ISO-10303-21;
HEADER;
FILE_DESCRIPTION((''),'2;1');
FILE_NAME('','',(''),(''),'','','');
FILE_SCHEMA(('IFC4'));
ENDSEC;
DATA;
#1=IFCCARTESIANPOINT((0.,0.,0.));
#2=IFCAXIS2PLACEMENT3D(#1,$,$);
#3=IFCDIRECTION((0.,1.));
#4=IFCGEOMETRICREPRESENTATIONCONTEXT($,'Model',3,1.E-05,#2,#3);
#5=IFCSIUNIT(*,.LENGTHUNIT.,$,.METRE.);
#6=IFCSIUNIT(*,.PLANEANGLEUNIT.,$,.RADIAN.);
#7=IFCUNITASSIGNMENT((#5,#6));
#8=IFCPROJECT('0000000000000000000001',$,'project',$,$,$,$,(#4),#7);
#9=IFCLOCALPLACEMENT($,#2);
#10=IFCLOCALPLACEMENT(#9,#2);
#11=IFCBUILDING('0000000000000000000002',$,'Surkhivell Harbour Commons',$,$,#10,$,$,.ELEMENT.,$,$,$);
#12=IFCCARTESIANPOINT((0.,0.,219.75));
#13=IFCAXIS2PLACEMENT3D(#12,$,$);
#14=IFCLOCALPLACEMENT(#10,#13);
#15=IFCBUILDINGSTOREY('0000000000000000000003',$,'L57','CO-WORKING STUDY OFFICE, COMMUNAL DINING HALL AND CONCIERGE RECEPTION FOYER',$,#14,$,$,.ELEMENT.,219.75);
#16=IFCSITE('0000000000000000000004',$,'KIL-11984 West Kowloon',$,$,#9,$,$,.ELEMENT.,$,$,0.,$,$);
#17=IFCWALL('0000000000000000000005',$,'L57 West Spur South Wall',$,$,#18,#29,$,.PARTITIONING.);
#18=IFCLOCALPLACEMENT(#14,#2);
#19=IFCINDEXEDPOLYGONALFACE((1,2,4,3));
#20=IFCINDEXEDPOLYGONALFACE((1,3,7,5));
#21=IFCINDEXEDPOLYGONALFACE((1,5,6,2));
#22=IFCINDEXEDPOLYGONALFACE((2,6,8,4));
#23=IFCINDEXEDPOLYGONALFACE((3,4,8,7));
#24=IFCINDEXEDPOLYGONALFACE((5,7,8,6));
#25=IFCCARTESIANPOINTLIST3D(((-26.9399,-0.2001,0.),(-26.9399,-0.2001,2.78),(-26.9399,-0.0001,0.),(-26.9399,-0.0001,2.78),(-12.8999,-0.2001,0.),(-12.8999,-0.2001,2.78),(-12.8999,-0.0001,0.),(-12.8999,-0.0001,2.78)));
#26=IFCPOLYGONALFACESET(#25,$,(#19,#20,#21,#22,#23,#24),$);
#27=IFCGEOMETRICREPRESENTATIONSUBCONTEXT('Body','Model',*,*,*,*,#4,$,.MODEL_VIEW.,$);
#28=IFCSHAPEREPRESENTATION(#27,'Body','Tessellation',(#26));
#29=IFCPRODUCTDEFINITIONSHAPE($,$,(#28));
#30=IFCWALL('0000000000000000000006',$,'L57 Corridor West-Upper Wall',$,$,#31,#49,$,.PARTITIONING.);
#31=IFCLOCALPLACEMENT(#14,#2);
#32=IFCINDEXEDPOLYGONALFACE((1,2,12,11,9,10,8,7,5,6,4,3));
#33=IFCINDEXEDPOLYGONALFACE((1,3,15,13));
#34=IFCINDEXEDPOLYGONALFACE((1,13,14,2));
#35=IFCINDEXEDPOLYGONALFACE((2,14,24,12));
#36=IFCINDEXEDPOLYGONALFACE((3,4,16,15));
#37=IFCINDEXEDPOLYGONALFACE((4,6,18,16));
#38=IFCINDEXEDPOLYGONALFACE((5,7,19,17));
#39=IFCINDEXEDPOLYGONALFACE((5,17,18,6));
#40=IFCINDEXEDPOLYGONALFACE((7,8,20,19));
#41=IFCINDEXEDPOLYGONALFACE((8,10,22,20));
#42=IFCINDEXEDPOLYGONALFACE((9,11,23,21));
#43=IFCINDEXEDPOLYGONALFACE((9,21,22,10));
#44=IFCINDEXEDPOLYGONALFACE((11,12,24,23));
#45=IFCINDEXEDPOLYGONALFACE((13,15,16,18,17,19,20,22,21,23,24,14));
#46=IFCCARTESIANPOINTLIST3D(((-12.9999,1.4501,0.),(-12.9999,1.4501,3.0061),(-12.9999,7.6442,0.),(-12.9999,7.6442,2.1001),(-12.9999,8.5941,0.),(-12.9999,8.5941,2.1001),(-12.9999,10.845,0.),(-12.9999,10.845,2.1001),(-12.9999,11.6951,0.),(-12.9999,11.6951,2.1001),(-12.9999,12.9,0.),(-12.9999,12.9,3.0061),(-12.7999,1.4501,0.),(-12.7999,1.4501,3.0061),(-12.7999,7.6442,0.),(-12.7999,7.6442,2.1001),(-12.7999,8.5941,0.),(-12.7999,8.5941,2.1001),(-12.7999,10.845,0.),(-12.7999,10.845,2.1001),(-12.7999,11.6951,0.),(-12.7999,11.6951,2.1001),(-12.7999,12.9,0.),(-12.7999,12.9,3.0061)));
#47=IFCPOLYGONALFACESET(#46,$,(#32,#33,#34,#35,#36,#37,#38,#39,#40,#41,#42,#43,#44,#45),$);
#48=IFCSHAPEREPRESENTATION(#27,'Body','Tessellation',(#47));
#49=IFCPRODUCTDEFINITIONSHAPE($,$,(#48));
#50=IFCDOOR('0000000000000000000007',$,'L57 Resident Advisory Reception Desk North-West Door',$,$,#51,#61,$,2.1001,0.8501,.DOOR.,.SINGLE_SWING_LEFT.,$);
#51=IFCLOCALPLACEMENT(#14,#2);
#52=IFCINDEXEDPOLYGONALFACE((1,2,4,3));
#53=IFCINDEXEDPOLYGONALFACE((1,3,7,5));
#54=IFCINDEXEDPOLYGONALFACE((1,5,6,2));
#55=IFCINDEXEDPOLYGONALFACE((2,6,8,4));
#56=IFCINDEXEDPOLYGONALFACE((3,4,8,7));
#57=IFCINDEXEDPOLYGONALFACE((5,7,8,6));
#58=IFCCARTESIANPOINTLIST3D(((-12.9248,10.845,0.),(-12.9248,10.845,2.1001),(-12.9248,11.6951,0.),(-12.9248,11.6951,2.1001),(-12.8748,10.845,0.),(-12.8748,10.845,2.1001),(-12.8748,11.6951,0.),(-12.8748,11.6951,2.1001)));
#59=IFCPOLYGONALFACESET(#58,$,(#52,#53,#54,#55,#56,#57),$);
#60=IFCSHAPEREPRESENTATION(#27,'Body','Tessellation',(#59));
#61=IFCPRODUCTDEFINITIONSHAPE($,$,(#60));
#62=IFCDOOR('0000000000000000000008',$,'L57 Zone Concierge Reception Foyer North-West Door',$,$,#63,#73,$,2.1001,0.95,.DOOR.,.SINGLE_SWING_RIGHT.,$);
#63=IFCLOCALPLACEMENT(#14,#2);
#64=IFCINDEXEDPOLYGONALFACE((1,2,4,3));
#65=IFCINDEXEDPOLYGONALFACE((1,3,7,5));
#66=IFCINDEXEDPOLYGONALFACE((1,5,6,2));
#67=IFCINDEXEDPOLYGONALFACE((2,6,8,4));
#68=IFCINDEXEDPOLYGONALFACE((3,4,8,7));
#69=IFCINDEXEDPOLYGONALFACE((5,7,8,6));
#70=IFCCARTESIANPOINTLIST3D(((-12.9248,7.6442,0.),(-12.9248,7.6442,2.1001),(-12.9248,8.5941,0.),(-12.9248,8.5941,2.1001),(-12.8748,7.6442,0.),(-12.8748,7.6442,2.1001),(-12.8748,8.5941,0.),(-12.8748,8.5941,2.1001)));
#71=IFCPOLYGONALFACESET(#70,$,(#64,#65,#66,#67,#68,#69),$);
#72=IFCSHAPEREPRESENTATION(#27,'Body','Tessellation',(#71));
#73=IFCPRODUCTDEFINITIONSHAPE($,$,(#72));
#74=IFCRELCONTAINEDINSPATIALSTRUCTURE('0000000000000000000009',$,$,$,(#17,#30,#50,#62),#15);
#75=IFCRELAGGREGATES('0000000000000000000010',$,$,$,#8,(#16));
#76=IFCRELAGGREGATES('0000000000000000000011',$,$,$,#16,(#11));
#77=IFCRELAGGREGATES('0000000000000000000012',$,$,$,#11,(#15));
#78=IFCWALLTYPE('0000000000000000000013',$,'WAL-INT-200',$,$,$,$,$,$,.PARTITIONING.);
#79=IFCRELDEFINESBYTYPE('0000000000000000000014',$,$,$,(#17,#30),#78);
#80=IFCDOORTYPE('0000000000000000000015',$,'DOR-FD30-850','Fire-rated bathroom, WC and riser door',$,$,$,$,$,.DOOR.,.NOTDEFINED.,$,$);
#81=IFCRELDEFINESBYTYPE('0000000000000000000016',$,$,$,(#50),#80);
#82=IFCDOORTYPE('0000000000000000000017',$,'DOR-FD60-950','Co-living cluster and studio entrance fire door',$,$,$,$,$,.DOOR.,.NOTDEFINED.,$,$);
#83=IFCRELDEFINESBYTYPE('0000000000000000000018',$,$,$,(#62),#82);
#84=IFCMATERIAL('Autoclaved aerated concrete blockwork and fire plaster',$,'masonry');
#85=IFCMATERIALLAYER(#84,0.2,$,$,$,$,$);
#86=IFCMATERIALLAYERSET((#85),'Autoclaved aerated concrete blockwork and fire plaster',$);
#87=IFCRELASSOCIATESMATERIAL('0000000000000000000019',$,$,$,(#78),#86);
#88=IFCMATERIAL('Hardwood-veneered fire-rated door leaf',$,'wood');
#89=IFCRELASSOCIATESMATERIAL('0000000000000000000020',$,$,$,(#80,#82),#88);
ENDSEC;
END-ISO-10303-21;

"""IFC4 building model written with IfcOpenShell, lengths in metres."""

from ifc_helpers import new_model, si_unit, direction, frame, frame_2d, origin, place, context, subcontext, project, spatial, rectangle, extrude, material, layer, layer_set, type_object, element, fill, save


model = new_model("IFC4")

# Units and contexts
model_context = context("Model", 3, precision=1e-05, world=origin(), true_north=direction((0.0, 1.0)))
body_context = subcontext(model_context, "Body", "Model", "MODEL_VIEW")
ifc_project = project(units=[si_unit("LENGTHUNIT", "METRE"), si_unit("PLANEANGLEUNIT", "RADIAN")], contexts=[model_context])

# Site, building, storey
site_placement = place(None, origin())
site = spatial("IfcSite", under=ifc_project, at=site_placement, Name="KIL-11984 West Kowloon", CompositionType="ELEMENT", RefElevation=0.0)
building_placement = place(site_placement, origin())
building = spatial("IfcBuilding", under=site, at=building_placement, Name="Surkhivell Harbour Commons", CompositionType="ELEMENT")
storey_placement = place(building_placement, frame((0.0, 0.0, 219.75)))
storey = spatial("IfcBuildingStorey", under=building, at=storey_placement, Name="L57", Description="CO-WORKING STUDY OFFICE, COMMUNAL DINING HALL AND CONCIERGE RECEPTION FOYER", CompositionType="ELEMENT", Elevation=219.75)

# Shared definitions
ifc_material_1 = material(Name="Hardwood-veneered fire-rated door leaf", Category="wood")

# Wall
ifc_material_2 = material(Name="Autoclaved aerated concrete blockwork and fire plaster", Category="masonry")
ifc_layer_1 = layer(ifc_material_2, 0.2)
ifc_layer_set_1 = layer_set([ifc_layer_1], Name="Autoclaved aerated concrete blockwork and fire plaster")
wall_type_1 = type_object("IfcWallType", Name="WAL-INT-200", PredefinedType="PARTITIONING", material=ifc_layer_set_1)
for number, where, z_axis, x_axis, name in (
    (1, (-26.9399, -0.1001, 0.0), (0.0, 0.0, 1.0), (1.0, 0.0, 0.0), "L57 West Spur South Wall"),
):
    element("IfcWall", number, at=place(storey_placement, frame(where, z_axis=z_axis, x_axis=x_axis)), inside=storey, type_object=wall_type_1, Name=name, PredefinedType="PARTITIONING", context=body_context, shape_type="SweptSolid", body=[
        extrude(rectangle(XDim=14.04, YDim=0.2, at=frame_2d((7.02, 0.0))), origin(), (0.0, 0.0, 1.0), 2.78),
    ])

# Wall, openings, doors
wall_1_placement = place(storey_placement, frame((-12.8999, 1.45, 0.0), z_axis=(0.0, 0.0, 1.0), x_axis=(0.0, 1.0, 0.0)))
wall_1 = element("IfcWall", 2, at=wall_1_placement, inside=storey, type_object=wall_type_1, Name="L57 Corridor West-Upper Wall", PredefinedType="PARTITIONING", context=body_context, shape_type="SweptSolid", body=[
    extrude(rectangle(XDim=11.45, YDim=0.2, at=frame_2d((5.7251, 0.0))), origin(), (0.0, 0.0, 1.0), 3.0061),
])
opening_1_placement = place(wall_1_placement, frame((6.1941, 0.0, 0.0)))
opening_1 = element("IfcOpeningElement", 3, at=opening_1_placement, cuts=wall_1, PredefinedType="OPENING", context=body_context, shape_type="SweptSolid", body=[
    extrude(rectangle(XDim=0.95, YDim=2.1001, at=frame_2d((0.4751, 1.05))), frame((0.0, 0.1099, 0.0), z_axis=(0.0, -1.0, 0.0), x_axis=(1.0, 0.0, 0.0)), (0.0, 0.0, 1.0), 0.22),
])
opening_2_placement = place(wall_1_placement, frame((9.395, 0.0, 0.0)))
opening_2 = element("IfcOpeningElement", 4, at=opening_2_placement, cuts=wall_1, PredefinedType="OPENING", context=body_context, shape_type="SweptSolid", body=[
    extrude(rectangle(XDim=0.8501, YDim=2.1001, at=frame_2d((0.425, 1.05))), frame((0.0, 0.1099, 0.0), z_axis=(0.0, -1.0, 0.0), x_axis=(1.0, 0.0, 0.0)), (0.0, 0.0, 1.0), 0.22),
])
door_type_1 = type_object("IfcDoorType", Name="DOR-FD30-850", Description="Fire-rated bathroom, WC and riser door", OperationType="NOTDEFINED", PredefinedType="DOOR", material=ifc_material_1)
door_1_placement = place(opening_2_placement, origin())
door_1 = element("IfcDoor", 5, at=door_1_placement, inside=storey, type_object=door_type_1, Name="L57 Resident Advisory Reception Desk North-West Door", OperationType="SINGLE_SWING_LEFT", OverallHeight=2.1001, OverallWidth=0.8501, PredefinedType="DOOR", context=body_context, shape_type="SweptSolid", body=[
    extrude(rectangle(XDim=0.8501, YDim=2.1001, at=frame_2d((0.425, 1.05))), frame((0.0, 0.0249, 0.0), z_axis=(0.0, -1.0, 0.0), x_axis=(1.0, 0.0, 0.0)), (0.0, 0.0, 1.0), 0.05),
])
fill(opening_2, door_1)
door_type_2 = type_object("IfcDoorType", Name="DOR-FD60-950", Description="Co-living cluster and studio entrance fire door", OperationType="NOTDEFINED", PredefinedType="DOOR", material=ifc_material_1)
door_2_placement = place(opening_1_placement, origin())
door_2 = element("IfcDoor", 6, at=door_2_placement, inside=storey, type_object=door_type_2, Name="L57 Zone Concierge Reception Foyer North-West Door", OperationType="SINGLE_SWING_RIGHT", OverallHeight=2.1001, OverallWidth=0.95, PredefinedType="DOOR", context=body_context, shape_type="SweptSolid", body=[
    extrude(rectangle(XDim=0.95, YDim=2.1001, at=frame_2d((0.4751, 1.05))), frame((0.0, 0.0249, 0.0), z_axis=(0.0, -1.0, 0.0), x_axis=(1.0, 0.0, 0.0)), (0.0, 0.0, 1.0), 0.05),
])
fill(opening_1, door_2)

save(model, "model.ifc")
